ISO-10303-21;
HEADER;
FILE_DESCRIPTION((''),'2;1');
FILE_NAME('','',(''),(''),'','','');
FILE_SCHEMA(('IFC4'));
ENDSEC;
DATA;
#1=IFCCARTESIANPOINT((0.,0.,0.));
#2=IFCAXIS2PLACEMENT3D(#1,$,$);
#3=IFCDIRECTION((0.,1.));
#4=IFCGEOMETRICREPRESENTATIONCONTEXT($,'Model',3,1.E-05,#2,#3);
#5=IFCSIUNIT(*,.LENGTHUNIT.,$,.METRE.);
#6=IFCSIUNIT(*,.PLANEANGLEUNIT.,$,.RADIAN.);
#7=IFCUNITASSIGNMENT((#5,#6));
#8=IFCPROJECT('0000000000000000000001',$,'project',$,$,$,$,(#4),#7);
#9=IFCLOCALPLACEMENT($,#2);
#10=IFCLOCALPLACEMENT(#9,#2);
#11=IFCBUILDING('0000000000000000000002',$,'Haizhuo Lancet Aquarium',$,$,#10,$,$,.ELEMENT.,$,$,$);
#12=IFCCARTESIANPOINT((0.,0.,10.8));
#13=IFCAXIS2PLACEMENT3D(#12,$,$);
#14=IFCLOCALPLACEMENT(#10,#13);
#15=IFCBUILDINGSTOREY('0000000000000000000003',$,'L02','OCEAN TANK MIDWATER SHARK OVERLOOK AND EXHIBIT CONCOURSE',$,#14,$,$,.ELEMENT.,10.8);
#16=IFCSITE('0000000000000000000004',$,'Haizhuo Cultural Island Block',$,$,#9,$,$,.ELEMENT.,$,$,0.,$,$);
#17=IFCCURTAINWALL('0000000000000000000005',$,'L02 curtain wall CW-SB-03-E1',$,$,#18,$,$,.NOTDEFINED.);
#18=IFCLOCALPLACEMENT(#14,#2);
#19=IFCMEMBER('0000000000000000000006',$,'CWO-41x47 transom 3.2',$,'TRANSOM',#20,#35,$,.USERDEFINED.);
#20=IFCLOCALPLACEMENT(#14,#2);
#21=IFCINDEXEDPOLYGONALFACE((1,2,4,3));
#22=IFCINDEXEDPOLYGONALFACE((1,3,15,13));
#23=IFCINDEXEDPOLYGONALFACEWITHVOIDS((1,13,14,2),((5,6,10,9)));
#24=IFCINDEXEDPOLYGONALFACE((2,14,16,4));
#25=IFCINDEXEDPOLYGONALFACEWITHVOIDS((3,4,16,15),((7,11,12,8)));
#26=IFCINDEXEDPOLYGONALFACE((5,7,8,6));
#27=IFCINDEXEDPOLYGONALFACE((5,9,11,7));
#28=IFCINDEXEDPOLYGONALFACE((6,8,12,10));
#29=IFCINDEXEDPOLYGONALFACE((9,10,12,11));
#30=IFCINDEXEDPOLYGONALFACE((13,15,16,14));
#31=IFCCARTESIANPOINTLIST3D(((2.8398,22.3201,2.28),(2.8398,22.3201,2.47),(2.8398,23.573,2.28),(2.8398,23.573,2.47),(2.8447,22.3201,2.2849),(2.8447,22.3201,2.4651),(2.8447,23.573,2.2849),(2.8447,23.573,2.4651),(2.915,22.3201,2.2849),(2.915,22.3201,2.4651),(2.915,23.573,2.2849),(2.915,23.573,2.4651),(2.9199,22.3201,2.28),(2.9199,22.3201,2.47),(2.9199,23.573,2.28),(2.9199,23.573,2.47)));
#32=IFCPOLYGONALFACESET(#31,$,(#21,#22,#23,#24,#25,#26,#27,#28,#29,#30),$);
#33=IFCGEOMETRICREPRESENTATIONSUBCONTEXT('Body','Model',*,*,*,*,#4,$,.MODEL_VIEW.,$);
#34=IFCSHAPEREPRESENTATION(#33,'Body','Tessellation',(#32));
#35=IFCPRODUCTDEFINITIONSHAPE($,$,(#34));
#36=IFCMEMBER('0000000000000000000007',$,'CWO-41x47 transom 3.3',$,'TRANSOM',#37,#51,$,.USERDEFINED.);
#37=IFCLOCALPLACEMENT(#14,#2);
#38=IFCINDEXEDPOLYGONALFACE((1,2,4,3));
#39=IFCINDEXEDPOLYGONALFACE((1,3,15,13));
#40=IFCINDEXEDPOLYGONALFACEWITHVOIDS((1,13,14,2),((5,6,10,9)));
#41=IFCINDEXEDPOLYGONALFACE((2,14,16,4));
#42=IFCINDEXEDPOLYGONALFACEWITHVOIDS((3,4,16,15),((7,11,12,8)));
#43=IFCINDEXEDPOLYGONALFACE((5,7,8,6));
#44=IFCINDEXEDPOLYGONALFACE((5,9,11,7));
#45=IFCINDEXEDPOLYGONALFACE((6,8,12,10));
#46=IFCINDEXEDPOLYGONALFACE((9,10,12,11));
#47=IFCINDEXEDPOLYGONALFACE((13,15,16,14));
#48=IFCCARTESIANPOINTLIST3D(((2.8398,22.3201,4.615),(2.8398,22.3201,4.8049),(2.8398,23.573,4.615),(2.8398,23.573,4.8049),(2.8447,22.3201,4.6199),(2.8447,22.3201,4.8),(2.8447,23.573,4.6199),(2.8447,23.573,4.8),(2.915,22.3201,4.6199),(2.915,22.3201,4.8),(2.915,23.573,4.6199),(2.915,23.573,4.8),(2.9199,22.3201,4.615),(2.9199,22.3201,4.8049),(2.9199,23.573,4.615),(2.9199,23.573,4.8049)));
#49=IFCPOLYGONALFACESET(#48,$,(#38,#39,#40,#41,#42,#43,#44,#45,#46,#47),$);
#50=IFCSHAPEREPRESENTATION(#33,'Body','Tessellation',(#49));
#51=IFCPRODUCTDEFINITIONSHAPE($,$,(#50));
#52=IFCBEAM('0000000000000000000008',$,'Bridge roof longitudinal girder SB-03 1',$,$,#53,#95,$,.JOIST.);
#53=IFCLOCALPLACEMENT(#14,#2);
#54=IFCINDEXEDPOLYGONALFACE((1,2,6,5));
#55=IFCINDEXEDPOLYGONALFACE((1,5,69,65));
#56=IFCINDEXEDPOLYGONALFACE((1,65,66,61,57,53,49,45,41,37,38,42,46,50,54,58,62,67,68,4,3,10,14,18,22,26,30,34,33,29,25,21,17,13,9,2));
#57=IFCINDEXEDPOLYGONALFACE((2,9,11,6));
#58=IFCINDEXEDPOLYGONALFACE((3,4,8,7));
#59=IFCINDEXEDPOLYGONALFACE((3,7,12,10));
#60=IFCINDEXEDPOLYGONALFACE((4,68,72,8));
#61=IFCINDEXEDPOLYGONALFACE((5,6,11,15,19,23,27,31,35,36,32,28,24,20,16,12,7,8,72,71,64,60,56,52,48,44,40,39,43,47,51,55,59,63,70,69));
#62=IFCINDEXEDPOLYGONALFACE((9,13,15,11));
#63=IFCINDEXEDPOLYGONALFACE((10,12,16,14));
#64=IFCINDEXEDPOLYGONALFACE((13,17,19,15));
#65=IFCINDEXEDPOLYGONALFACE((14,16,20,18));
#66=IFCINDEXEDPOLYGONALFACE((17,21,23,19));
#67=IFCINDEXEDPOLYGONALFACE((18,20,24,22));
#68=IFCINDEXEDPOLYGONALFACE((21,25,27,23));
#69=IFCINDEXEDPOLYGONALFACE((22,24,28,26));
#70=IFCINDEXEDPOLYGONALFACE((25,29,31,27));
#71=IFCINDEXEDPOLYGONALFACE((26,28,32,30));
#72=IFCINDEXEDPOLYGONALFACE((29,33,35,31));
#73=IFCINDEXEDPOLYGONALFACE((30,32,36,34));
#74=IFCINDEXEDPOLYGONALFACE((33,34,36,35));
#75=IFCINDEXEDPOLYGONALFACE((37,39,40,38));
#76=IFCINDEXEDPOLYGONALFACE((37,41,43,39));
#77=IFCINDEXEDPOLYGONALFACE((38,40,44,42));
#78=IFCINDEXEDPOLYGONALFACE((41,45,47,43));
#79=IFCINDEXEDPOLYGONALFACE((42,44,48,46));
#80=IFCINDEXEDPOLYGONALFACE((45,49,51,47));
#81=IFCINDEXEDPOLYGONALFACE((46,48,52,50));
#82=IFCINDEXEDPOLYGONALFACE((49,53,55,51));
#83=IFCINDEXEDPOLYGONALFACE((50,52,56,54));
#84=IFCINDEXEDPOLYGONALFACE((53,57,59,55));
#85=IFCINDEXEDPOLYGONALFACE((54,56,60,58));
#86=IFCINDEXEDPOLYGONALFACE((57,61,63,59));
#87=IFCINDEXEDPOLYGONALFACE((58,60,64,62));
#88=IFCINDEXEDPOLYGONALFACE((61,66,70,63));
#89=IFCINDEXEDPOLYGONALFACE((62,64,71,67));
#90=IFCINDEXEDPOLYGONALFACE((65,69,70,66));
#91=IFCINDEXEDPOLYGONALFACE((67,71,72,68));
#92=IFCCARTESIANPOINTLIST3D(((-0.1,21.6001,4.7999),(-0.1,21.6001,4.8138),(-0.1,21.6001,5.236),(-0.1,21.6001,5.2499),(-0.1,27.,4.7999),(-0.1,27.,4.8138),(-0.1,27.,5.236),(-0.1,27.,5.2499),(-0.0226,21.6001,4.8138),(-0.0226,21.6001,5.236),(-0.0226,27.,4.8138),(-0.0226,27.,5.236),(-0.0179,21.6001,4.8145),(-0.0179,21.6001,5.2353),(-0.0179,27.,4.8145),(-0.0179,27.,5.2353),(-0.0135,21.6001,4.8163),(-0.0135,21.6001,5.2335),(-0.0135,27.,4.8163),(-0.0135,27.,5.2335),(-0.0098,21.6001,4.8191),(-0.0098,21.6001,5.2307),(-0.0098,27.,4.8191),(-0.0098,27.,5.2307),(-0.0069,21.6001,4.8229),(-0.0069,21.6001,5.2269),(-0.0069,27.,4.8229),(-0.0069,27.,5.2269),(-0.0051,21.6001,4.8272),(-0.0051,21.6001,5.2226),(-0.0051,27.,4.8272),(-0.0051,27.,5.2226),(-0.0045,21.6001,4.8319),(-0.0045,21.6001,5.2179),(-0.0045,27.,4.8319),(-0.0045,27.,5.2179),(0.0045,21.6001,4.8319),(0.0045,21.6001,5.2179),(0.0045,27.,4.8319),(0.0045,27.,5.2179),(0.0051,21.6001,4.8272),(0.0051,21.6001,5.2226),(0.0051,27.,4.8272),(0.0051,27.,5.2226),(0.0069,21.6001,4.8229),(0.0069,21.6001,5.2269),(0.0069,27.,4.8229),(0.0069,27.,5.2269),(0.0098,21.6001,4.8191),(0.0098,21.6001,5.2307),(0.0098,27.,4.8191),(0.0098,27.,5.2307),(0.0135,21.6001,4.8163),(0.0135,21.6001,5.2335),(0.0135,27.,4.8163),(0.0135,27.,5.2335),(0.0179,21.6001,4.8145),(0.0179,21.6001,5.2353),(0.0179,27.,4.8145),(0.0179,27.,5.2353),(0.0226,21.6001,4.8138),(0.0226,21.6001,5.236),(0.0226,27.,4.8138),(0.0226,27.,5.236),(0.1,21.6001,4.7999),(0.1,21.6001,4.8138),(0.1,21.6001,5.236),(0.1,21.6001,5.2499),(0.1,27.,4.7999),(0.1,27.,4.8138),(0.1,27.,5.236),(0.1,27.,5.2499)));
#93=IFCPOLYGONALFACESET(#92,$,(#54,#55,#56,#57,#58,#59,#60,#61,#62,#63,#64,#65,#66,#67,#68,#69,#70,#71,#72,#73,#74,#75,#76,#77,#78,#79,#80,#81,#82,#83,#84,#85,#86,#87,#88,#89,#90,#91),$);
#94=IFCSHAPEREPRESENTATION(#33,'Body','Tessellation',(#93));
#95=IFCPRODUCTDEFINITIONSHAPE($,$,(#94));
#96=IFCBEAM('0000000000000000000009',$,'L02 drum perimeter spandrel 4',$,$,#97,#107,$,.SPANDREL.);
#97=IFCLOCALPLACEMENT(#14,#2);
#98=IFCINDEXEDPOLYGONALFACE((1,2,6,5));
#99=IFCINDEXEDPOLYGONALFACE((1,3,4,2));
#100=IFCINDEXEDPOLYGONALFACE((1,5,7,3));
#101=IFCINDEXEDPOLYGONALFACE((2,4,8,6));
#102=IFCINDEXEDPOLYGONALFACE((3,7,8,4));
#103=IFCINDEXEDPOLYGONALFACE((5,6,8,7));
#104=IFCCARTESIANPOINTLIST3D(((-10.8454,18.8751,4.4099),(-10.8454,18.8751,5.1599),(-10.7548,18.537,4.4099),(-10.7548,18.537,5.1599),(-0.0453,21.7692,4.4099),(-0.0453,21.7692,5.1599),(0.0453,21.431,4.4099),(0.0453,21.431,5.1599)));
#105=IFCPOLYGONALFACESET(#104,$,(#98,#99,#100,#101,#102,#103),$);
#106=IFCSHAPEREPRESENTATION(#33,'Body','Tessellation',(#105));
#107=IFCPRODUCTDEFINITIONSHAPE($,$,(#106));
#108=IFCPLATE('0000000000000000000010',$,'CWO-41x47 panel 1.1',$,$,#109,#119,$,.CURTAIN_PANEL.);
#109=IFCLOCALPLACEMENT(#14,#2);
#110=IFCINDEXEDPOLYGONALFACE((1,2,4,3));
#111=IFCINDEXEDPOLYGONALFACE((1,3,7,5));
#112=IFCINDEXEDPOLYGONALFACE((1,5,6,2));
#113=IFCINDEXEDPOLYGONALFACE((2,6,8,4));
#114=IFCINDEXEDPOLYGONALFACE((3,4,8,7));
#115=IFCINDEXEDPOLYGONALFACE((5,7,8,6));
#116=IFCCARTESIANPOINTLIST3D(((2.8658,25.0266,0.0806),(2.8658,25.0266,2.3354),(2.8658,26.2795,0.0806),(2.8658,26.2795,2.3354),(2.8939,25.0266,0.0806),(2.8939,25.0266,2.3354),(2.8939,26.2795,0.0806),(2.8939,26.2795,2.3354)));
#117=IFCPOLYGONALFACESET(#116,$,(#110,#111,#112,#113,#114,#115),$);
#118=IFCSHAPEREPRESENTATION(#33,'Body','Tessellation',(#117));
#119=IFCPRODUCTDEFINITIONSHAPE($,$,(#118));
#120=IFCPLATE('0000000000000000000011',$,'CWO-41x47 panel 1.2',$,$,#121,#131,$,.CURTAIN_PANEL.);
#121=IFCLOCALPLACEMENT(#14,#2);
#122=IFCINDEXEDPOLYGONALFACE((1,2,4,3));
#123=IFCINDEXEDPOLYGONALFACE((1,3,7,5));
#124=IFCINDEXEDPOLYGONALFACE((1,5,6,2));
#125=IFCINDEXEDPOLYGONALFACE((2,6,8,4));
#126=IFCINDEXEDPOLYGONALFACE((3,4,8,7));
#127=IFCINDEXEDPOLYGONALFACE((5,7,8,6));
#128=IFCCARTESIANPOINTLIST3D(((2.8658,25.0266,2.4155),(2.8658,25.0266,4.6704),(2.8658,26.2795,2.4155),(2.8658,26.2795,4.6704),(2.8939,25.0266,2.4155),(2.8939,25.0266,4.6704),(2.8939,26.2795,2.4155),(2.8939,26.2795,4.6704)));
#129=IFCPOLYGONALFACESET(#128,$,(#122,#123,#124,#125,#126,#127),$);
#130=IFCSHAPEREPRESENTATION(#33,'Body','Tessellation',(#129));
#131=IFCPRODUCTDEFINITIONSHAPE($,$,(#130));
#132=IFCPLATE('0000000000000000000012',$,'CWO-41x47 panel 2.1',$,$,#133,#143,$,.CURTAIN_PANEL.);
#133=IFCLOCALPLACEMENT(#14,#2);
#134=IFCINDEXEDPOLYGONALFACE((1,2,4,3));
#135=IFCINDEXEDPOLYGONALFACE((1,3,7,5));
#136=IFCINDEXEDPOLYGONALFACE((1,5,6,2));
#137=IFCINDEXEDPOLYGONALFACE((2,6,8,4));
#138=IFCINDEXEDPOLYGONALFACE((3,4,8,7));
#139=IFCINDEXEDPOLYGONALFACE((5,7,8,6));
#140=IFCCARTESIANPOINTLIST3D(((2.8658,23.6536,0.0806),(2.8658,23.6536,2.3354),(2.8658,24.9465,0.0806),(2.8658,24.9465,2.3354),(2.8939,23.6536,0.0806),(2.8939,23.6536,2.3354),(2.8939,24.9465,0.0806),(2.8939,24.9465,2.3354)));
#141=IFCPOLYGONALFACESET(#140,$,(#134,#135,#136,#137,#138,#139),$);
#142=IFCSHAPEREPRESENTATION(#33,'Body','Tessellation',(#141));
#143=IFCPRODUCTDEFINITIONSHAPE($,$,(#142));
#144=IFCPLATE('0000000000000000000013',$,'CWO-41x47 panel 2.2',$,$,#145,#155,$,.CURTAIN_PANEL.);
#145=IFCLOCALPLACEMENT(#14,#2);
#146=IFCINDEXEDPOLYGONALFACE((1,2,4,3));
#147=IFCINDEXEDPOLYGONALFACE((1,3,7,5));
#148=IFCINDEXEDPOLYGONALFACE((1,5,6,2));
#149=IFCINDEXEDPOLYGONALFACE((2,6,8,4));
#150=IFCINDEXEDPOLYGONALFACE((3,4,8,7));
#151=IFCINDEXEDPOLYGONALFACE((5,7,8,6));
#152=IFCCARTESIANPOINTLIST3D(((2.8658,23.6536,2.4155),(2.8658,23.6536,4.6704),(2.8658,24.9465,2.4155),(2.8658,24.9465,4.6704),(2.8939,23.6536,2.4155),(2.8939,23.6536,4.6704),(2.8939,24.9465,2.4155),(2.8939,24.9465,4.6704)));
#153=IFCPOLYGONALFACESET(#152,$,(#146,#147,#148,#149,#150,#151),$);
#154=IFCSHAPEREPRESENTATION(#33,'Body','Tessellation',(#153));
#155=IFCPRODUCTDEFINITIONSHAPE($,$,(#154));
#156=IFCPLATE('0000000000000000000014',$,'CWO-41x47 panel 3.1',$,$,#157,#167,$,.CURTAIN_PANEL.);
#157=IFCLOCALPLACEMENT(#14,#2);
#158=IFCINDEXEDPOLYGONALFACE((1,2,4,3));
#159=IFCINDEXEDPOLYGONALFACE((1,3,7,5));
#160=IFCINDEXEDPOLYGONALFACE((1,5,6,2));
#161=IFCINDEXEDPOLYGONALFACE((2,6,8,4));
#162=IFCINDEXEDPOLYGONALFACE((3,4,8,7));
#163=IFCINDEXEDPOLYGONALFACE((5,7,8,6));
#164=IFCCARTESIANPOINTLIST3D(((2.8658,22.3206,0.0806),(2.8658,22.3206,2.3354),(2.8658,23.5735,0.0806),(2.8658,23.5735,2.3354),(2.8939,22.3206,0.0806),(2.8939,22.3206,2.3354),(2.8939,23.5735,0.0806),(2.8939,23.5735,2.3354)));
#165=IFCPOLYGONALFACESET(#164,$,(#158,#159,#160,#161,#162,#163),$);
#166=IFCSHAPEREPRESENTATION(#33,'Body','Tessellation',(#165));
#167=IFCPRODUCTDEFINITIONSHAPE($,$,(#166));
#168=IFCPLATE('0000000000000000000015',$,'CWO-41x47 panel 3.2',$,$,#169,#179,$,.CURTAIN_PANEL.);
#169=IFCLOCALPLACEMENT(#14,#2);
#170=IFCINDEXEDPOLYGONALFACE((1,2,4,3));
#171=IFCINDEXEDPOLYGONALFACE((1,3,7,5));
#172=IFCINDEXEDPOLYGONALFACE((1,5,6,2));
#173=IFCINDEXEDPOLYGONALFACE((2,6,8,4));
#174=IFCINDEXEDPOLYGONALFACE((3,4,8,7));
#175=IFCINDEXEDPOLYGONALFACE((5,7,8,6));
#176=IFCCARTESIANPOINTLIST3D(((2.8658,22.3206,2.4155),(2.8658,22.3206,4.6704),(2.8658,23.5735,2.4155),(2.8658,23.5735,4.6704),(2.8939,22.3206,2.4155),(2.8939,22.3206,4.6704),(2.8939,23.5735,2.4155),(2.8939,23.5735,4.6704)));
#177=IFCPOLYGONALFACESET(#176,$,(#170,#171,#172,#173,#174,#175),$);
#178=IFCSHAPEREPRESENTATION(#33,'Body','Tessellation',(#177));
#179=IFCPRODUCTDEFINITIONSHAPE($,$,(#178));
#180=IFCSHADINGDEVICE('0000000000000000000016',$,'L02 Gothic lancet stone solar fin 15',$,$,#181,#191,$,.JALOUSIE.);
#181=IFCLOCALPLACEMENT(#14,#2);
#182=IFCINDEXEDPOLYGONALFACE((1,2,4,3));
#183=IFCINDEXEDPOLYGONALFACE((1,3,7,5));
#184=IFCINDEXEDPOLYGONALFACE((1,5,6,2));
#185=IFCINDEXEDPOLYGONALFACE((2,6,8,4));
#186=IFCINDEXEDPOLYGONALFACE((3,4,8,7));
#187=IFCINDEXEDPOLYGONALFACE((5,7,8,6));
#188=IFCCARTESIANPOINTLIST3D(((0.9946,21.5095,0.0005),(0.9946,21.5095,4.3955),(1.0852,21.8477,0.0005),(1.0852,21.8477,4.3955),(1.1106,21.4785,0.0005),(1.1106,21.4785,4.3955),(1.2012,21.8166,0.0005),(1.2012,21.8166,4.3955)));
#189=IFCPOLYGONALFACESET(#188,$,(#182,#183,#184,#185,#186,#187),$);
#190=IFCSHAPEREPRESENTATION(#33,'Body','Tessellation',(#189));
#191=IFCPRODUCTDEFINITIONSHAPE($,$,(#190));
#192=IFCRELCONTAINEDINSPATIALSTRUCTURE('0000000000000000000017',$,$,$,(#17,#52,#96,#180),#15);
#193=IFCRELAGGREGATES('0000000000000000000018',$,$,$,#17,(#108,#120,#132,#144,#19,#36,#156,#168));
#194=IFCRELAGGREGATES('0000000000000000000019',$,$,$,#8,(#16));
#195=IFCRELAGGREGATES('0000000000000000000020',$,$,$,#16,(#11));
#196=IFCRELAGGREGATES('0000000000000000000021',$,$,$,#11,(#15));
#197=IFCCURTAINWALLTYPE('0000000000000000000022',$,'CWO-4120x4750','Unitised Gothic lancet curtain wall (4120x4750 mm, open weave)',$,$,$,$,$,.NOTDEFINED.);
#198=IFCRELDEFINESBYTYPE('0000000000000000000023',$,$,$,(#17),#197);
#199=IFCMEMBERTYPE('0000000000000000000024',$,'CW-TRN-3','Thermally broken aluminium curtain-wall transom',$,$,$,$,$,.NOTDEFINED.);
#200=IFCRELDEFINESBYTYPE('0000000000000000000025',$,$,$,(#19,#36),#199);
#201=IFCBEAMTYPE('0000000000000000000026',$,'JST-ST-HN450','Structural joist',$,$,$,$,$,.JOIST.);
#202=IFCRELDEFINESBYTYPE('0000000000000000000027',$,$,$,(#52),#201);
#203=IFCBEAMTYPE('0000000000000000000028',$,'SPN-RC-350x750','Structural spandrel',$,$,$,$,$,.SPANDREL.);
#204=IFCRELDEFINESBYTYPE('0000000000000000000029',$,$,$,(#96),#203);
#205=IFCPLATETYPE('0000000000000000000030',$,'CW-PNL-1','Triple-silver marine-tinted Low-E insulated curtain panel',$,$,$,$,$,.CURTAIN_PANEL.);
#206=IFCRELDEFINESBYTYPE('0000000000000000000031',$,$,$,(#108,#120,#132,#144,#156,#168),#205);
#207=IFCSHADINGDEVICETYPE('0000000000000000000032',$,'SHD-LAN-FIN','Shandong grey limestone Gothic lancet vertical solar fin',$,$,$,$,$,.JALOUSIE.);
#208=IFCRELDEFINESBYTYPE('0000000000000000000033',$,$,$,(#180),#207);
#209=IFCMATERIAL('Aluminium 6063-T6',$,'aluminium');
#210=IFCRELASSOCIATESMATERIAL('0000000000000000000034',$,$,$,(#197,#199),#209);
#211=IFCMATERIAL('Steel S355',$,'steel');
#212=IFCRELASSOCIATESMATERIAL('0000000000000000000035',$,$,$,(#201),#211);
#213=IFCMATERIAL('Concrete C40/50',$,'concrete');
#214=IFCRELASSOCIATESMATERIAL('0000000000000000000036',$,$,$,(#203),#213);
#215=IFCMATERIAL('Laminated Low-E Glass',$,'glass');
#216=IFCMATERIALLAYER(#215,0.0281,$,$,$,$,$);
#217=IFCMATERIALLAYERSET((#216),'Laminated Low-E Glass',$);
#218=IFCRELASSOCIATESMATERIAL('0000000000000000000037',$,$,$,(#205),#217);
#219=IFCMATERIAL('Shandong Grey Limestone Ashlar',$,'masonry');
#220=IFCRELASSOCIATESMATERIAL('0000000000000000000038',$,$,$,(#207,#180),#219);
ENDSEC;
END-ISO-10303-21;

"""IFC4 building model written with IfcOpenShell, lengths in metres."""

from ifc_helpers import new_model, si_unit, direction, frame, origin, origin_2d, place, context, subcontext, project, spatial, rectangle, hollow_rectangle, i_section, extrude, material, layer, layer_set, material_profile, profile_set, type_object, element, aggregate, save


model = new_model("IFC4")

# Units and contexts
model_context = context("Model", 3, precision=1e-05, world=origin(), true_north=direction((0.0, 1.0)))
body_context = subcontext(model_context, "Body", "Model", "MODEL_VIEW")
ifc_project = project(units=[si_unit("LENGTHUNIT", "METRE"), si_unit("PLANEANGLEUNIT", "RADIAN")], contexts=[model_context])

# Site, building, storey
site_placement = place(None, origin())
site = spatial("IfcSite", under=ifc_project, at=site_placement, Name="Haizhuo Cultural Island Block", CompositionType="ELEMENT", RefElevation=0.0)
building_placement = place(site_placement, origin())
building = spatial("IfcBuilding", under=site, at=building_placement, Name="Haizhuo Lancet Aquarium", CompositionType="ELEMENT")
storey_placement = place(building_placement, frame((0.0, 0.0, 10.8)))
storey = spatial("IfcBuildingStorey", under=building, at=storey_placement, Name="L02", Description="OCEAN TANK MIDWATER SHARK OVERLOOK AND EXHIBIT CONCOURSE", CompositionType="ELEMENT", Elevation=10.8)

# Curtain wall, members
ifc_material_1 = material(Name="Aluminium 6063-T6", Category="aluminium")
curtain_wall_type = type_object("IfcCurtainWallType", Name="CWO-4120x4750", Description="Unitised Gothic lancet curtain wall (4120x4750 mm, open weave)", PredefinedType="NOTDEFINED", material=ifc_material_1)
curtain_wall_placement = place(storey_placement, origin())
curtain_wall = element("IfcCurtainWall", 1, at=curtain_wall_placement, inside=storey, type_object=curtain_wall_type, Name="L02 curtain wall CW-SB-03-E1", PredefinedType="NOTDEFINED")
ifc_material_profile_1 = material_profile(ifc_material_1, hollow_rectangle(XDim=0.0801, YDim=0.1899, WallThickness=0.0049, at=origin_2d()), Name="ALU-T 80x190x5")
ifc_profile_set_1 = profile_set([ifc_material_profile_1], Name="Aluminium 6063-T6")
member_type_1 = type_object("IfcMemberType", Name="CW-TRN-3", Description="Thermally broken aluminium curtain-wall transom", PredefinedType="NOTDEFINED", material=ifc_profile_set_1)
member_1_placement = place(storey_placement, frame((2.8799, 23.573, 2.375), z_axis=(0.0, -1.0, 0.0), x_axis=(1.0, 0.0, 0.0)))
member_1 = element("IfcMember", 2, at=member_1_placement, type_object=member_type_1, Name="CWO-41x47 transom 3.2", ObjectType="TRANSOM", PredefinedType="USERDEFINED", context=body_context, shape_type="SweptSolid", body=[
    extrude(hollow_rectangle(XDim=0.0801, YDim=0.1899, WallThickness=0.0049, at=origin_2d()), origin(), (0.0, 0.0, 1.0), 1.2529),
])
member_2_placement = place(storey_placement, frame((2.8799, 23.573, 4.71), z_axis=(0.0, -1.0, 0.0), x_axis=(1.0, 0.0, 0.0)))
member_2 = element("IfcMember", 3, at=member_2_placement, type_object=member_type_1, Name="CWO-41x47 transom 3.3", ObjectType="TRANSOM", PredefinedType="USERDEFINED", context=body_context, shape_type="SweptSolid", body=[
    extrude(hollow_rectangle(XDim=0.0801, YDim=0.1899, WallThickness=0.0049, at=origin_2d()), origin(), (0.0, 0.0, 1.0), 1.2529),
])

# Beams
ifc_material_2 = material(Name="Steel S355", Category="steel")
ifc_material_profile_2 = material_profile(ifc_material_2, i_section(OverallWidth=0.2, OverallDepth=0.45, WebThickness=0.009, FlangeThickness=0.0139, FilletRadius=0.0181, at=origin_2d()), Name="HN 450x200x9x14")
ifc_profile_set_2 = profile_set([ifc_material_profile_2], Name="Steel S355")
beam_type_1 = type_object("IfcBeamType", Name="JST-ST-HN450", Description="Structural joist", PredefinedType="JOIST", material=ifc_profile_set_2)
beam_1_placement = place(storey_placement, frame((0.0, 21.6001, 5.0249), z_axis=(0.0, 1.0, 0.0), x_axis=(-1.0, 0.0, 0.0)))
element("IfcBeam", 4, at=beam_1_placement, inside=storey, type_object=beam_type_1, Name="Bridge roof longitudinal girder SB-03 1", PredefinedType="JOIST", context=body_context, shape_type="SweptSolid", body=[
    extrude(i_section(OverallWidth=0.2, OverallDepth=0.45, WebThickness=0.009, FlangeThickness=0.0139, FilletRadius=0.0181, at=origin_2d()), origin(), (0.0, 0.0, 1.0), 5.3999),
])
ifc_material_3 = material(Name="Concrete C40/50", Category="concrete")
ifc_material_profile_3 = material_profile(ifc_material_3, rectangle(XDim=0.3501, YDim=0.75, at=origin_2d()), Name="RC-SP 350x750")
ifc_profile_set_3 = profile_set([ifc_material_profile_3], Name="Concrete C40/50")
beam_type_2 = type_object("IfcBeamType", Name="SPN-RC-350x750", Description="Structural spandrel", PredefinedType="SPANDREL", material=ifc_profile_set_3)
beam_2_placement = place(storey_placement, frame((0.0, 21.6001, 4.7849), z_axis=(-0.965922, -0.258834, 0.0), x_axis=(0.258834, -0.965922, 0.0)))
element("IfcBeam", 5, at=beam_2_placement, inside=storey, type_object=beam_type_2, Name="L02 drum perimeter spandrel 4", PredefinedType="SPANDREL", context=body_context, shape_type="SweptSolid", body=[
    extrude(rectangle(XDim=0.3501, YDim=0.75, at=origin_2d()), origin(), (0.0, 0.0, 1.0), 11.1812),
])

# Plates
ifc_material_4 = material(Name="Laminated Low-E Glass", Category="glass")
ifc_layer = layer(ifc_material_4, 0.0281)
ifc_layer_set = layer_set([ifc_layer], Name="Laminated Low-E Glass")
plate_type = type_object("IfcPlateType", Name="CW-PNL-1", Description="Triple-silver marine-tinted Low-E insulated curtain panel", PredefinedType="CURTAIN_PANEL", material=ifc_layer_set)
plate_1_placement = place(storey_placement, frame((2.8799, 25.6531, 0.0806), z_axis=(0.0, 0.0, 1.0), x_axis=(0.0, -1.0, 0.0)))
plate_1 = element("IfcPlate", 6, at=plate_1_placement, type_object=plate_type, Name="CWO-41x47 panel 1.1", PredefinedType="CURTAIN_PANEL", context=body_context, shape_type="SweptSolid", body=[
    extrude(rectangle(XDim=1.2529, YDim=0.0281, at=origin_2d()), origin(), (0.0, 0.0, 1.0), 2.2549),
])
plate_2_placement = place(storey_placement, frame((2.8799, 25.6531, 2.4155), z_axis=(0.0, 0.0, 1.0), x_axis=(0.0, -1.0, 0.0)))
plate_2 = element("IfcPlate", 7, at=plate_2_placement, type_object=plate_type, Name="CWO-41x47 panel 1.2", PredefinedType="CURTAIN_PANEL", context=body_context, shape_type="SweptSolid", body=[
    extrude(rectangle(XDim=1.2529, YDim=0.0281, at=origin_2d()), origin(), (0.0, 0.0, 1.0), 2.2549),
])
plate_3_placement = place(storey_placement, frame((2.8799, 24.3, 0.0806), z_axis=(0.0, 0.0, 1.0), x_axis=(0.0, -1.0, 0.0)))
plate_3 = element("IfcPlate", 8, at=plate_3_placement, type_object=plate_type, Name="CWO-41x47 panel 2.1", PredefinedType="CURTAIN_PANEL", context=body_context, shape_type="SweptSolid", body=[
    extrude(rectangle(XDim=1.293, YDim=0.0281, at=origin_2d()), origin(), (0.0, 0.0, 1.0), 2.2549),
])
plate_4_placement = place(storey_placement, frame((2.8799, 24.3, 2.4155), z_axis=(0.0, 0.0, 1.0), x_axis=(0.0, -1.0, 0.0)))
plate_4 = element("IfcPlate", 9, at=plate_4_placement, type_object=plate_type, Name="CWO-41x47 panel 2.2", PredefinedType="CURTAIN_PANEL", context=body_context, shape_type="SweptSolid", body=[
    extrude(rectangle(XDim=1.293, YDim=0.0281, at=origin_2d()), origin(), (0.0, 0.0, 1.0), 2.2549),
])
plate_5_placement = place(storey_placement, frame((2.8799, 22.947, 0.0806), z_axis=(0.0, 0.0, 1.0), x_axis=(0.0, -1.0, 0.0)))
plate_5 = element("IfcPlate", 10, at=plate_5_placement, type_object=plate_type, Name="CWO-41x47 panel 3.1", PredefinedType="CURTAIN_PANEL", context=body_context, shape_type="SweptSolid", body=[
    extrude(rectangle(XDim=1.2529, YDim=0.0281, at=origin_2d()), origin(), (0.0, 0.0, 1.0), 2.2549),
])
plate_6_placement = place(storey_placement, frame((2.8799, 22.947, 2.4155), z_axis=(0.0, 0.0, 1.0), x_axis=(0.0, -1.0, 0.0)))
plate_6 = element("IfcPlate", 11, at=plate_6_placement, type_object=plate_type, Name="CWO-41x47 panel 3.2", PredefinedType="CURTAIN_PANEL", context=body_context, shape_type="SweptSolid", body=[
    extrude(rectangle(XDim=1.2529, YDim=0.0281, at=origin_2d()), origin(), (0.0, 0.0, 1.0), 2.2549),
])
aggregate(curtain_wall, [plate_1, plate_2, plate_3, plate_4, member_1, member_2, plate_5, plate_6])

# Shading device
ifc_material_5 = material(Name="Shandong Grey Limestone Ashlar", Category="masonry")
shading_device_type = type_object("IfcShadingDeviceType", Name="SHD-LAN-FIN", Description="Shandong grey limestone Gothic lancet vertical solar fin", PredefinedType="JALOUSIE", material=ifc_material_5)
shading_device_placement = place(storey_placement, frame((1.0979, 21.6631, 0.0005), z_axis=(0.0, 0.0, 1.0), x_axis=(0.965933, -0.258794, 0.0)))
element("IfcShadingDevice", 12, at=shading_device_placement, inside=storey, type_object=shading_device_type, material=ifc_material_5, Name="L02 Gothic lancet stone solar fin 15", PredefinedType="JALOUSIE", context=body_context, shape_type="SweptSolid", body=[
    extrude(rectangle(XDim=0.1201, YDim=0.3501, at=origin_2d()), origin(), (0.0, 0.0, 1.0), 4.395),
])

save(model, "model.ifc")
